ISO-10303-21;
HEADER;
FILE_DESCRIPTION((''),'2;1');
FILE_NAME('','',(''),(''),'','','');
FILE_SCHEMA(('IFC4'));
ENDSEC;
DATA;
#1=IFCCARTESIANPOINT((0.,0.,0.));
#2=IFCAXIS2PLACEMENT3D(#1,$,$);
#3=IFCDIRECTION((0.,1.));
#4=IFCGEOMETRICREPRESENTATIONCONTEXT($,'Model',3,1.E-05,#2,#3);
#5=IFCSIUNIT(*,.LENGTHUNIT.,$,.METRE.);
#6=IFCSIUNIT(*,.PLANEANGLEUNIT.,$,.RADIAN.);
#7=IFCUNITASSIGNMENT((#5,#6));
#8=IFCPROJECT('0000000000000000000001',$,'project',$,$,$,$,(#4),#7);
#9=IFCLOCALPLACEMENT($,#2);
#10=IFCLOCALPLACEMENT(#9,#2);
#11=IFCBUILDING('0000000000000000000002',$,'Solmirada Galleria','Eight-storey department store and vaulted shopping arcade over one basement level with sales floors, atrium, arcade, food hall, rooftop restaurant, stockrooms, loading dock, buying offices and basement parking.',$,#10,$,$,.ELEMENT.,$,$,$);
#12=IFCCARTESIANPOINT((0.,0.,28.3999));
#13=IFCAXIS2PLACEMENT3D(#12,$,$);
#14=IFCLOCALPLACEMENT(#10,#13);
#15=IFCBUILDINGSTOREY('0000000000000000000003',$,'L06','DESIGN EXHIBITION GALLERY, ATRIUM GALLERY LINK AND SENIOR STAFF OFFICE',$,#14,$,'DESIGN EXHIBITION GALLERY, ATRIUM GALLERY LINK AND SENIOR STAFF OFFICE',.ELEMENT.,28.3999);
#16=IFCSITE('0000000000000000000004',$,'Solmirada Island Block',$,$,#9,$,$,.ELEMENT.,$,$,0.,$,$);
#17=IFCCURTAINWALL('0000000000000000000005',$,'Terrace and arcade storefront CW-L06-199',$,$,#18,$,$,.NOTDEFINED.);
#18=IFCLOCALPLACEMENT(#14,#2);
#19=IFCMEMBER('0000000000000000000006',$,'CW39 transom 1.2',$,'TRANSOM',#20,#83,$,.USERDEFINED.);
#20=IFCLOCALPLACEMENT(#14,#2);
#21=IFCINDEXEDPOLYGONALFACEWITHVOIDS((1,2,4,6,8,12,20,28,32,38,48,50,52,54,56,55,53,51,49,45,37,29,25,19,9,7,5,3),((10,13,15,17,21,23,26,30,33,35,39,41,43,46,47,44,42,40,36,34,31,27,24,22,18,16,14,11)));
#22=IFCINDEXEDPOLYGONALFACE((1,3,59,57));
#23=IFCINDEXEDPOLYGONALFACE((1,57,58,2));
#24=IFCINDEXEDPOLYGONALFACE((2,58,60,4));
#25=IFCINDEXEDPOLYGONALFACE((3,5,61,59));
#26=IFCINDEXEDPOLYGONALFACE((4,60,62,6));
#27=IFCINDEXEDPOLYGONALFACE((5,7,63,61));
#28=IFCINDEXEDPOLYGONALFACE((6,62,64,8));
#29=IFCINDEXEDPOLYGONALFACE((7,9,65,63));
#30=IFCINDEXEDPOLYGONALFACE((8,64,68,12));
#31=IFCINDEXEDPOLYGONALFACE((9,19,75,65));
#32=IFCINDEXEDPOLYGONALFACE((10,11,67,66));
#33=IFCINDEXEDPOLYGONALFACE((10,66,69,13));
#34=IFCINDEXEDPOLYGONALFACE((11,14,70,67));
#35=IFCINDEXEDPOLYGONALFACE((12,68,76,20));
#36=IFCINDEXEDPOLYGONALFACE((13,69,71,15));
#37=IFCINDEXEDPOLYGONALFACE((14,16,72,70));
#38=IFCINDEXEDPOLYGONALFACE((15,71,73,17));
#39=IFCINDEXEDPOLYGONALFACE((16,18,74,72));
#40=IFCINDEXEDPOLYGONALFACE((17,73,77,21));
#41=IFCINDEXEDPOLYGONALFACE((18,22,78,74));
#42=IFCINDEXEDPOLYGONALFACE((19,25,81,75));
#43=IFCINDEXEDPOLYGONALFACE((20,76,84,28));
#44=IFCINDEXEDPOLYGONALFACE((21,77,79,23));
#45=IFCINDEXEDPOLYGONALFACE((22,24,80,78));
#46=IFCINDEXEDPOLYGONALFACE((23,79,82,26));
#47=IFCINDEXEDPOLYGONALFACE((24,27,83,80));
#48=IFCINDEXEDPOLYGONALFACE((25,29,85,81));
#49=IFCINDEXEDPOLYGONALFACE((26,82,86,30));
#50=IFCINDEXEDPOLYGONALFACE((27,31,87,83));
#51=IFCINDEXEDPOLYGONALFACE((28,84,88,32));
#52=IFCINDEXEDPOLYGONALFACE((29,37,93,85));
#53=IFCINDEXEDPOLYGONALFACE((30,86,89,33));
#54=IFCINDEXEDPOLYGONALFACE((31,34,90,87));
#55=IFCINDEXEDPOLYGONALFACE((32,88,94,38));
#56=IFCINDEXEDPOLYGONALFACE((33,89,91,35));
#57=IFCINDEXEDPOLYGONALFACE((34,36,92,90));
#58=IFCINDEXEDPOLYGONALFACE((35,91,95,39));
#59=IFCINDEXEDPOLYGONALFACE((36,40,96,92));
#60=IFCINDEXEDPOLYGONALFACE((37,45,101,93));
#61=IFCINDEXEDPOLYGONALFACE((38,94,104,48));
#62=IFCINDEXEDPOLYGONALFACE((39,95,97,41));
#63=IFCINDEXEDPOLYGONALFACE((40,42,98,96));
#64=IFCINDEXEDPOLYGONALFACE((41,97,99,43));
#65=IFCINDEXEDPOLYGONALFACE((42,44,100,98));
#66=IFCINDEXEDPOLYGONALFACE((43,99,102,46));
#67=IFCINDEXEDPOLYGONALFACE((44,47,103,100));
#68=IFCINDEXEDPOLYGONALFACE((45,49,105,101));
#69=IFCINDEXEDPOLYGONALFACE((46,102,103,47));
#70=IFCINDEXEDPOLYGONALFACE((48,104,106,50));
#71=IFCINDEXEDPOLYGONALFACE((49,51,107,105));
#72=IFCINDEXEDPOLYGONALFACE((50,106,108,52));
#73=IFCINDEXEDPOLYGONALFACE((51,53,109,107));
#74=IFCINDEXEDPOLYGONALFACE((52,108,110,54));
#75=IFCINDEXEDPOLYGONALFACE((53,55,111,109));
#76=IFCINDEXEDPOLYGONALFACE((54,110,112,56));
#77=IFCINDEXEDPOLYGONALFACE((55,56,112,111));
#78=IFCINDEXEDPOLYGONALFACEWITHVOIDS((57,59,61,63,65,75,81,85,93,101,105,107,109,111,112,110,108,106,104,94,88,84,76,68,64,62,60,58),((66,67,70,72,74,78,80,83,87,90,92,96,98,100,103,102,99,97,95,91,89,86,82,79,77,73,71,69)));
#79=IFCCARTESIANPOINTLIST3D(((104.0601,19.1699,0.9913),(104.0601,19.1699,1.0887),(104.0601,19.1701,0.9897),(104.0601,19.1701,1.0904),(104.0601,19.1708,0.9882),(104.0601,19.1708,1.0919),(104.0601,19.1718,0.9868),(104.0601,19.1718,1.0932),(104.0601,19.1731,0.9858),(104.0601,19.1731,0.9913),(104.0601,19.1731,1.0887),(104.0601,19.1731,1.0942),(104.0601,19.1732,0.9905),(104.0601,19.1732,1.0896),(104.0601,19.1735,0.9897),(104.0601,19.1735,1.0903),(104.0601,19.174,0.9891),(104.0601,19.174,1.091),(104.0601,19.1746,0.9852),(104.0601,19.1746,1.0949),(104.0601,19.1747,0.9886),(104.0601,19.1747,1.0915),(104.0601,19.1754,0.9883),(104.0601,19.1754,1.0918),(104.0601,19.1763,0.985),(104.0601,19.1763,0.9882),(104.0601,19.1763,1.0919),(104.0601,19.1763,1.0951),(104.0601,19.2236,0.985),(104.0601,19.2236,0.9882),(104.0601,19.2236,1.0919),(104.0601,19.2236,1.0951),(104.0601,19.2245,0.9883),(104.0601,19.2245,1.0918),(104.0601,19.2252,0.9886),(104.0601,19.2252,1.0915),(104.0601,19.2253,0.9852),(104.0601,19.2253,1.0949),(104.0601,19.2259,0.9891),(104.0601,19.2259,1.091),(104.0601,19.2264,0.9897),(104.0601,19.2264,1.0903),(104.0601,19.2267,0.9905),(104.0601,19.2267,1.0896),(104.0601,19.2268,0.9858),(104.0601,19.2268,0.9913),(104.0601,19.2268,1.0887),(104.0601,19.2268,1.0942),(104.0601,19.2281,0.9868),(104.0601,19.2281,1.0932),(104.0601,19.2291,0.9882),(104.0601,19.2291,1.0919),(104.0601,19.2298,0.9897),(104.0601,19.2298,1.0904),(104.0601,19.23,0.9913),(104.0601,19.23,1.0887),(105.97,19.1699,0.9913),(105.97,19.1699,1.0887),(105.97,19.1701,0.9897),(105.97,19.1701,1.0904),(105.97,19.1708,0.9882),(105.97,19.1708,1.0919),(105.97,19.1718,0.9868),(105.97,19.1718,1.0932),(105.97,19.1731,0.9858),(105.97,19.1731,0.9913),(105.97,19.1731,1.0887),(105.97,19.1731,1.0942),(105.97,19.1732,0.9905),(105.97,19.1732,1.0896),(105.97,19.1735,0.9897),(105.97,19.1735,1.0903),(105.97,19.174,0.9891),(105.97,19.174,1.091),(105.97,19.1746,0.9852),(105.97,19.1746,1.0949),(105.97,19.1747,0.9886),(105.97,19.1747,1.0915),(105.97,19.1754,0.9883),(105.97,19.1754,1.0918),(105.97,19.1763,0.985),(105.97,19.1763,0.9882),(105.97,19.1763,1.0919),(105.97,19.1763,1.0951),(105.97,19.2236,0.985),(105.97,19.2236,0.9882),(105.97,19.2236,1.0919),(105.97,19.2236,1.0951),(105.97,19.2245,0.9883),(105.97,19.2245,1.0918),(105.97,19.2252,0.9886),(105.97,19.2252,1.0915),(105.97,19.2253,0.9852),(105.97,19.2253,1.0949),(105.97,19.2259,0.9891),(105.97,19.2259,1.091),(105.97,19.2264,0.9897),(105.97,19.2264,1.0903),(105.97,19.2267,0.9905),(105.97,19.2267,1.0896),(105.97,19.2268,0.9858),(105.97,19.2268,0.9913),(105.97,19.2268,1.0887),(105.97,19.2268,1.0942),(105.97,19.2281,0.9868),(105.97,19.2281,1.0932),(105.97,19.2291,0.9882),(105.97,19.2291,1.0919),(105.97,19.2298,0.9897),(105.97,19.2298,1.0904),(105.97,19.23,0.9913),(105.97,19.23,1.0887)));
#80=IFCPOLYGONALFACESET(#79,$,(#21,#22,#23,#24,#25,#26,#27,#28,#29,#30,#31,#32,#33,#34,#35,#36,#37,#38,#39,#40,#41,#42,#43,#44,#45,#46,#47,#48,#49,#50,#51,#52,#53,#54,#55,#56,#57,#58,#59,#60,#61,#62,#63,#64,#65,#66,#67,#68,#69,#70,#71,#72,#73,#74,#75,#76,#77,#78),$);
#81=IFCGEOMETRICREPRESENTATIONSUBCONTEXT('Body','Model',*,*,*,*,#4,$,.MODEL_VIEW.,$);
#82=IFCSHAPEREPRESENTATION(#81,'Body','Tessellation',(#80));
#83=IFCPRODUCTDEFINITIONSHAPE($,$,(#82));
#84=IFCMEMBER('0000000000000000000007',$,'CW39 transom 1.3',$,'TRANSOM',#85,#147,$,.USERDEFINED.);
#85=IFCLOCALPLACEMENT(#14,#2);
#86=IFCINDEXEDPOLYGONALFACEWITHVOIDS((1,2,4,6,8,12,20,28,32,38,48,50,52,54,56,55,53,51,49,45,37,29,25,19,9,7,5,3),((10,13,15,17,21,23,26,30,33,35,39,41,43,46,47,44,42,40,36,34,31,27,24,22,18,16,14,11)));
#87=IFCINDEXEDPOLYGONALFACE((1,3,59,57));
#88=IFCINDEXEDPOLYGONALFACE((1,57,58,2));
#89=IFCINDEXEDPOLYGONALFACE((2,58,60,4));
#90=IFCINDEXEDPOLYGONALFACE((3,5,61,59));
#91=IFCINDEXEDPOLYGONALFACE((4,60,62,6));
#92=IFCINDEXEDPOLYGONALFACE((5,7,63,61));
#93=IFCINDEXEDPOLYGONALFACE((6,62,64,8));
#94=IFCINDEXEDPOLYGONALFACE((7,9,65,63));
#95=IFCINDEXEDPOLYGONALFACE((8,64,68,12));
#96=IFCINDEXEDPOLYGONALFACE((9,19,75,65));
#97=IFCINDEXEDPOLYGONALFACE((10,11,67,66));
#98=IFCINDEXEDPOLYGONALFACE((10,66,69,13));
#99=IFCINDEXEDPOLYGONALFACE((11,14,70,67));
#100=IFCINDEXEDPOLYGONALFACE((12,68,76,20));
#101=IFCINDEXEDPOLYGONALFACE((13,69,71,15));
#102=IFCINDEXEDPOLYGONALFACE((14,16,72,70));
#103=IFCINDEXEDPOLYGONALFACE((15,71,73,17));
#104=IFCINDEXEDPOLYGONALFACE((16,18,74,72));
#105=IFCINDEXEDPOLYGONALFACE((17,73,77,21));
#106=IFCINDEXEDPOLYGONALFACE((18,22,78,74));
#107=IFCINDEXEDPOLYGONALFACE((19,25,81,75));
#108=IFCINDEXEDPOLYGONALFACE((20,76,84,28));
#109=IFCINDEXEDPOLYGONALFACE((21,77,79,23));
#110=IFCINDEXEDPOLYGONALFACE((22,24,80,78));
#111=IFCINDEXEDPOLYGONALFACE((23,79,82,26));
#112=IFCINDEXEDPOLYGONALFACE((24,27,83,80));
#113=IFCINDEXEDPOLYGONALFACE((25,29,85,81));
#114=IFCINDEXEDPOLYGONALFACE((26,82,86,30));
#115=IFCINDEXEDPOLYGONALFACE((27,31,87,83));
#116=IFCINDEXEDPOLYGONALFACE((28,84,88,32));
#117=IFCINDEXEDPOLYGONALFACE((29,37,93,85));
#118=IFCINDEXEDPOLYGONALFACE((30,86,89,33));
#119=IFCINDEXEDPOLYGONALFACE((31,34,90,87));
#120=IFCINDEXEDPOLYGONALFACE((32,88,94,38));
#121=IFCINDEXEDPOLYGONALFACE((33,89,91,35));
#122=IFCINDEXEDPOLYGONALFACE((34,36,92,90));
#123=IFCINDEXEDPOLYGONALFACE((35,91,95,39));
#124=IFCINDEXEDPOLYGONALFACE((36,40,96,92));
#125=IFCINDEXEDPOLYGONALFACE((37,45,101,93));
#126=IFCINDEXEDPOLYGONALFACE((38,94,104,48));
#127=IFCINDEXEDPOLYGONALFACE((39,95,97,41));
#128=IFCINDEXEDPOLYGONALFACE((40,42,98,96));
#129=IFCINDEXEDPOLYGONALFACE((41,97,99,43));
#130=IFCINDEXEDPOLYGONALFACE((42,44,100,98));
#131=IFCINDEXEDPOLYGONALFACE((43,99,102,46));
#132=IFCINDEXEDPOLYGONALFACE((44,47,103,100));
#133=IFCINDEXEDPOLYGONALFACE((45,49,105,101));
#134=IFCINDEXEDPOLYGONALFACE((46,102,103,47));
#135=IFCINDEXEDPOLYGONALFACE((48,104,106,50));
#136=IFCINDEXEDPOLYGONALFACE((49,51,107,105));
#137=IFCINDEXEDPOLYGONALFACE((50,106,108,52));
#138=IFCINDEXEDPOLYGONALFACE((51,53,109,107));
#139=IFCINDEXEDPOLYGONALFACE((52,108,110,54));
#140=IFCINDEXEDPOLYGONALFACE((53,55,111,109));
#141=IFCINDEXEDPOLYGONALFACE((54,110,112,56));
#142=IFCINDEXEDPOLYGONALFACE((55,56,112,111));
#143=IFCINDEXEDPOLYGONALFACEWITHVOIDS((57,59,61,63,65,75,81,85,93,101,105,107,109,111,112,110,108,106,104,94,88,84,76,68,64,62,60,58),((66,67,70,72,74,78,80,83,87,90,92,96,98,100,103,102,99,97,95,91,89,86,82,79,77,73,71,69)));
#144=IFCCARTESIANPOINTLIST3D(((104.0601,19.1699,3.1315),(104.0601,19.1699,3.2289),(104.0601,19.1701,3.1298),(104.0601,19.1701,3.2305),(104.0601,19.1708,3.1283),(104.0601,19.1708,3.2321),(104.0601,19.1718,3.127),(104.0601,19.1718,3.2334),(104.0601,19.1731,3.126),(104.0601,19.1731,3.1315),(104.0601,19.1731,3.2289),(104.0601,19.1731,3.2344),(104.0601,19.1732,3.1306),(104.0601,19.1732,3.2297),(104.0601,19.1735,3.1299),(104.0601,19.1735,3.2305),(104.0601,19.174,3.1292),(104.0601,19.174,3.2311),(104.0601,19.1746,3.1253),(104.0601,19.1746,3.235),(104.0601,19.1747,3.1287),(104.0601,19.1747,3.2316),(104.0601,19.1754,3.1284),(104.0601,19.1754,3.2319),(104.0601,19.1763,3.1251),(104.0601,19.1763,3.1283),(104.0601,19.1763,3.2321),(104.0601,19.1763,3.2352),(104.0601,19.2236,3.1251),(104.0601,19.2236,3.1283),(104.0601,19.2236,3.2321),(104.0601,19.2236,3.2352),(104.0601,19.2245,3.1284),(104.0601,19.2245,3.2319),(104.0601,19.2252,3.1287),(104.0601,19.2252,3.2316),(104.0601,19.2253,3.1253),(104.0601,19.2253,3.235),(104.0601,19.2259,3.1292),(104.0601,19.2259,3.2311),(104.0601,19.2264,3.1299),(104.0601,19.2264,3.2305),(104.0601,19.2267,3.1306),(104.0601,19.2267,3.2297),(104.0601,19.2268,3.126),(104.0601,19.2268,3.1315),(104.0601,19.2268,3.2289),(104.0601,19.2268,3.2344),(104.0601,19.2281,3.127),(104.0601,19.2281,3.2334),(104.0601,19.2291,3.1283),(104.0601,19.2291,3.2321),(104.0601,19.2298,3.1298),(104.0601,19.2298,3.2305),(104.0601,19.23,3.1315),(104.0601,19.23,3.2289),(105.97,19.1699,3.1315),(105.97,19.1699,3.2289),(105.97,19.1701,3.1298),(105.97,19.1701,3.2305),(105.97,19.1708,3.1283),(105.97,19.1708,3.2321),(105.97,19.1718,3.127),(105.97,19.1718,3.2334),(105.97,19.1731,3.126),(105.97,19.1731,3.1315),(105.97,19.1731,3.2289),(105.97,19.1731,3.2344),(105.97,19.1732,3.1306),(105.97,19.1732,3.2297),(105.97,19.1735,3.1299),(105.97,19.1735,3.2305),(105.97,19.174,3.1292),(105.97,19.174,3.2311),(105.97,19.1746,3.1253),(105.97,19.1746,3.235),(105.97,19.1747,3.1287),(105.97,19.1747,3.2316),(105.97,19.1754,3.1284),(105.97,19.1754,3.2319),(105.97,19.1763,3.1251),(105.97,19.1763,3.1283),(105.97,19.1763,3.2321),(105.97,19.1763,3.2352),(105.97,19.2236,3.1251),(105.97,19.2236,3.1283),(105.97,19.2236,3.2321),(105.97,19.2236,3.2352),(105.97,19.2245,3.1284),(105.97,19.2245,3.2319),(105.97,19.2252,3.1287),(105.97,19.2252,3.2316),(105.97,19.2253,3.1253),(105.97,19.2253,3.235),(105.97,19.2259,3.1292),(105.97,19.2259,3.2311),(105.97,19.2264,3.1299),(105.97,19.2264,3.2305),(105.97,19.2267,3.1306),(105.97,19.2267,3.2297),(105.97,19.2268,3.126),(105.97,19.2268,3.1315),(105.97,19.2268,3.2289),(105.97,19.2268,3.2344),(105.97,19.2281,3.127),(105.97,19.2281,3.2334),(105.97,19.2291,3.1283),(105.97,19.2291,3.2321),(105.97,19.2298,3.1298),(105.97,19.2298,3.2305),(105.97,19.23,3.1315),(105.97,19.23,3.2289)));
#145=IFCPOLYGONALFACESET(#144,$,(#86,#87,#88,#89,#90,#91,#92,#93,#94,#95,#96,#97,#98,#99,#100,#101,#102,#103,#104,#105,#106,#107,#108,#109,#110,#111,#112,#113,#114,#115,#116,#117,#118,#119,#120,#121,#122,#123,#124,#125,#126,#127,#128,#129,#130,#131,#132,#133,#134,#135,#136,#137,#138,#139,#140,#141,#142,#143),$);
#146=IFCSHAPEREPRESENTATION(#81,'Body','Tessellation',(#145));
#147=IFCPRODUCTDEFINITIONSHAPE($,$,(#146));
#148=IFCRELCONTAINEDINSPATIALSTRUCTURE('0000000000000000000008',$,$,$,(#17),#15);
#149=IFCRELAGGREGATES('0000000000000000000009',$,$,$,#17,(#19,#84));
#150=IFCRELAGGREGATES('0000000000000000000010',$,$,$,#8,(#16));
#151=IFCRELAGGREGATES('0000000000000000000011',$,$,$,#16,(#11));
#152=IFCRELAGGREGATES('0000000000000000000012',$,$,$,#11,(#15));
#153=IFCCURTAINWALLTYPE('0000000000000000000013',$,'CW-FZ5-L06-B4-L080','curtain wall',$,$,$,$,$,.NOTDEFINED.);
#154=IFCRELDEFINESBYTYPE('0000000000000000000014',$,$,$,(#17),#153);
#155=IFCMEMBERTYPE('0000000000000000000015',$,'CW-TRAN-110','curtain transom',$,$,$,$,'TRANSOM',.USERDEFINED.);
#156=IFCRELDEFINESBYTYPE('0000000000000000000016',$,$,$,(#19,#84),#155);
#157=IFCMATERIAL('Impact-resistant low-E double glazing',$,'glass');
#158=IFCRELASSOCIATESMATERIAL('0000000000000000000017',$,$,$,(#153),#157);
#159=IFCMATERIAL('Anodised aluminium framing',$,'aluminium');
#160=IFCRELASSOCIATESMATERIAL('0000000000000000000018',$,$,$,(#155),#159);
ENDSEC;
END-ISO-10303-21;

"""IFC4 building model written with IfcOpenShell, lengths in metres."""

from ifc_helpers import new_model, si_unit, direction, frame, origin, origin_2d, place, context, subcontext, project, spatial, hollow_rectangle, extrude, material, material_profile, profile_set, type_object, element, aggregate, save


model = new_model("IFC4")

# Units and contexts
model_context = context("Model", 3, precision=1e-05, world=origin(), true_north=direction((0.0, 1.0)))
body_context = subcontext(model_context, "Body", "Model", "MODEL_VIEW")
ifc_project = project(units=[si_unit("LENGTHUNIT", "METRE"), si_unit("PLANEANGLEUNIT", "RADIAN")], contexts=[model_context])

# Site, building, storey
site_placement = place(None, origin())
site = spatial("IfcSite", under=ifc_project, at=site_placement, Name="Solmirada Island Block", CompositionType="ELEMENT", RefElevation=0.0)
building_placement = place(site_placement, origin())
building = spatial("IfcBuilding", under=site, at=building_placement, Name="Solmirada Galleria", Description="Eight-storey department store and vaulted shopping arcade over one basement level with sales floors, atrium, arcade, food hall, rooftop restaurant, stockrooms, loading dock, buying offices and basement parking.", CompositionType="ELEMENT")
storey_placement = place(building_placement, frame((0.0, 0.0, 28.3999)))
storey = spatial("IfcBuildingStorey", under=building, at=storey_placement, Name="L06", Description="DESIGN EXHIBITION GALLERY, ATRIUM GALLERY LINK AND SENIOR STAFF OFFICE", LongName="DESIGN EXHIBITION GALLERY, ATRIUM GALLERY LINK AND SENIOR STAFF OFFICE", CompositionType="ELEMENT", Elevation=28.3999)

# Shared definitions
ifc_material_1 = material(Name="Impact-resistant low-E double glazing", Category="glass")
curtain_wall_type = type_object("IfcCurtainWallType", Name="CW-FZ5-L06-B4-L080", Description="curtain wall", PredefinedType="NOTDEFINED", material=ifc_material_1)
ifc_material_2 = material(Name="Anodised aluminium framing", Category="aluminium")

# Curtain wall
curtain_wall_1_placement = place(storey_placement, origin())
curtain_wall_1 = element("IfcCurtainWall", 1, at=curtain_wall_1_placement, inside=storey, type_object=curtain_wall_type, Name="Terrace and arcade storefront CW-L06-199", PredefinedType="NOTDEFINED")

# Members
ifc_material_profile_1 = material_profile(ifc_material_2, hollow_rectangle(XDim=0.0601, YDim=0.1101, WallThickness=0.0032, InnerFilletRadius=0.0032, OuterFilletRadius=0.0063, at=origin_2d()), Name="ALU-TRAN-110X60")
ifc_profile_set_1 = profile_set([ifc_material_profile_1], Name="Anodised aluminium framing")
member_type_1 = type_object("IfcMemberType", Name="CW-TRAN-110", Description="curtain transom", ElementType="TRANSOM", PredefinedType="USERDEFINED", material=ifc_profile_set_1)
member_1_placement = place(storey_placement, frame((104.0601, 19.2, 1.04), z_axis=(1.0, 0.0, 0.0), x_axis=(0.0, 1.0, 0.0)))
member_1 = element("IfcMember", 2, at=member_1_placement, type_object=member_type_1, Name="CW39 transom 1.2", ObjectType="TRANSOM", PredefinedType="USERDEFINED", context=body_context, shape_type="SweptSolid", body=[
    extrude(hollow_rectangle(XDim=0.0601, YDim=0.1101, WallThickness=0.0032, InnerFilletRadius=0.0032, OuterFilletRadius=0.0063, at=origin_2d()), origin(), (0.0, 0.0, 1.0), 1.9099),
])
member_2_placement = place(storey_placement, frame((104.0601, 19.2, 3.1802), z_axis=(1.0, 0.0, 0.0), x_axis=(0.0, 1.0, 0.0)))
member_2 = element("IfcMember", 3, at=member_2_placement, type_object=member_type_1, Name="CW39 transom 1.3", ObjectType="TRANSOM", PredefinedType="USERDEFINED", context=body_context, shape_type="SweptSolid", body=[
    extrude(hollow_rectangle(XDim=0.0601, YDim=0.1101, WallThickness=0.0032, InnerFilletRadius=0.0032, OuterFilletRadius=0.0063, at=origin_2d()), origin(), (0.0, 0.0, 1.0), 1.9099),
])

aggregate(curtain_wall_1, [member_1, member_2])

save(model, "model.ifc")
